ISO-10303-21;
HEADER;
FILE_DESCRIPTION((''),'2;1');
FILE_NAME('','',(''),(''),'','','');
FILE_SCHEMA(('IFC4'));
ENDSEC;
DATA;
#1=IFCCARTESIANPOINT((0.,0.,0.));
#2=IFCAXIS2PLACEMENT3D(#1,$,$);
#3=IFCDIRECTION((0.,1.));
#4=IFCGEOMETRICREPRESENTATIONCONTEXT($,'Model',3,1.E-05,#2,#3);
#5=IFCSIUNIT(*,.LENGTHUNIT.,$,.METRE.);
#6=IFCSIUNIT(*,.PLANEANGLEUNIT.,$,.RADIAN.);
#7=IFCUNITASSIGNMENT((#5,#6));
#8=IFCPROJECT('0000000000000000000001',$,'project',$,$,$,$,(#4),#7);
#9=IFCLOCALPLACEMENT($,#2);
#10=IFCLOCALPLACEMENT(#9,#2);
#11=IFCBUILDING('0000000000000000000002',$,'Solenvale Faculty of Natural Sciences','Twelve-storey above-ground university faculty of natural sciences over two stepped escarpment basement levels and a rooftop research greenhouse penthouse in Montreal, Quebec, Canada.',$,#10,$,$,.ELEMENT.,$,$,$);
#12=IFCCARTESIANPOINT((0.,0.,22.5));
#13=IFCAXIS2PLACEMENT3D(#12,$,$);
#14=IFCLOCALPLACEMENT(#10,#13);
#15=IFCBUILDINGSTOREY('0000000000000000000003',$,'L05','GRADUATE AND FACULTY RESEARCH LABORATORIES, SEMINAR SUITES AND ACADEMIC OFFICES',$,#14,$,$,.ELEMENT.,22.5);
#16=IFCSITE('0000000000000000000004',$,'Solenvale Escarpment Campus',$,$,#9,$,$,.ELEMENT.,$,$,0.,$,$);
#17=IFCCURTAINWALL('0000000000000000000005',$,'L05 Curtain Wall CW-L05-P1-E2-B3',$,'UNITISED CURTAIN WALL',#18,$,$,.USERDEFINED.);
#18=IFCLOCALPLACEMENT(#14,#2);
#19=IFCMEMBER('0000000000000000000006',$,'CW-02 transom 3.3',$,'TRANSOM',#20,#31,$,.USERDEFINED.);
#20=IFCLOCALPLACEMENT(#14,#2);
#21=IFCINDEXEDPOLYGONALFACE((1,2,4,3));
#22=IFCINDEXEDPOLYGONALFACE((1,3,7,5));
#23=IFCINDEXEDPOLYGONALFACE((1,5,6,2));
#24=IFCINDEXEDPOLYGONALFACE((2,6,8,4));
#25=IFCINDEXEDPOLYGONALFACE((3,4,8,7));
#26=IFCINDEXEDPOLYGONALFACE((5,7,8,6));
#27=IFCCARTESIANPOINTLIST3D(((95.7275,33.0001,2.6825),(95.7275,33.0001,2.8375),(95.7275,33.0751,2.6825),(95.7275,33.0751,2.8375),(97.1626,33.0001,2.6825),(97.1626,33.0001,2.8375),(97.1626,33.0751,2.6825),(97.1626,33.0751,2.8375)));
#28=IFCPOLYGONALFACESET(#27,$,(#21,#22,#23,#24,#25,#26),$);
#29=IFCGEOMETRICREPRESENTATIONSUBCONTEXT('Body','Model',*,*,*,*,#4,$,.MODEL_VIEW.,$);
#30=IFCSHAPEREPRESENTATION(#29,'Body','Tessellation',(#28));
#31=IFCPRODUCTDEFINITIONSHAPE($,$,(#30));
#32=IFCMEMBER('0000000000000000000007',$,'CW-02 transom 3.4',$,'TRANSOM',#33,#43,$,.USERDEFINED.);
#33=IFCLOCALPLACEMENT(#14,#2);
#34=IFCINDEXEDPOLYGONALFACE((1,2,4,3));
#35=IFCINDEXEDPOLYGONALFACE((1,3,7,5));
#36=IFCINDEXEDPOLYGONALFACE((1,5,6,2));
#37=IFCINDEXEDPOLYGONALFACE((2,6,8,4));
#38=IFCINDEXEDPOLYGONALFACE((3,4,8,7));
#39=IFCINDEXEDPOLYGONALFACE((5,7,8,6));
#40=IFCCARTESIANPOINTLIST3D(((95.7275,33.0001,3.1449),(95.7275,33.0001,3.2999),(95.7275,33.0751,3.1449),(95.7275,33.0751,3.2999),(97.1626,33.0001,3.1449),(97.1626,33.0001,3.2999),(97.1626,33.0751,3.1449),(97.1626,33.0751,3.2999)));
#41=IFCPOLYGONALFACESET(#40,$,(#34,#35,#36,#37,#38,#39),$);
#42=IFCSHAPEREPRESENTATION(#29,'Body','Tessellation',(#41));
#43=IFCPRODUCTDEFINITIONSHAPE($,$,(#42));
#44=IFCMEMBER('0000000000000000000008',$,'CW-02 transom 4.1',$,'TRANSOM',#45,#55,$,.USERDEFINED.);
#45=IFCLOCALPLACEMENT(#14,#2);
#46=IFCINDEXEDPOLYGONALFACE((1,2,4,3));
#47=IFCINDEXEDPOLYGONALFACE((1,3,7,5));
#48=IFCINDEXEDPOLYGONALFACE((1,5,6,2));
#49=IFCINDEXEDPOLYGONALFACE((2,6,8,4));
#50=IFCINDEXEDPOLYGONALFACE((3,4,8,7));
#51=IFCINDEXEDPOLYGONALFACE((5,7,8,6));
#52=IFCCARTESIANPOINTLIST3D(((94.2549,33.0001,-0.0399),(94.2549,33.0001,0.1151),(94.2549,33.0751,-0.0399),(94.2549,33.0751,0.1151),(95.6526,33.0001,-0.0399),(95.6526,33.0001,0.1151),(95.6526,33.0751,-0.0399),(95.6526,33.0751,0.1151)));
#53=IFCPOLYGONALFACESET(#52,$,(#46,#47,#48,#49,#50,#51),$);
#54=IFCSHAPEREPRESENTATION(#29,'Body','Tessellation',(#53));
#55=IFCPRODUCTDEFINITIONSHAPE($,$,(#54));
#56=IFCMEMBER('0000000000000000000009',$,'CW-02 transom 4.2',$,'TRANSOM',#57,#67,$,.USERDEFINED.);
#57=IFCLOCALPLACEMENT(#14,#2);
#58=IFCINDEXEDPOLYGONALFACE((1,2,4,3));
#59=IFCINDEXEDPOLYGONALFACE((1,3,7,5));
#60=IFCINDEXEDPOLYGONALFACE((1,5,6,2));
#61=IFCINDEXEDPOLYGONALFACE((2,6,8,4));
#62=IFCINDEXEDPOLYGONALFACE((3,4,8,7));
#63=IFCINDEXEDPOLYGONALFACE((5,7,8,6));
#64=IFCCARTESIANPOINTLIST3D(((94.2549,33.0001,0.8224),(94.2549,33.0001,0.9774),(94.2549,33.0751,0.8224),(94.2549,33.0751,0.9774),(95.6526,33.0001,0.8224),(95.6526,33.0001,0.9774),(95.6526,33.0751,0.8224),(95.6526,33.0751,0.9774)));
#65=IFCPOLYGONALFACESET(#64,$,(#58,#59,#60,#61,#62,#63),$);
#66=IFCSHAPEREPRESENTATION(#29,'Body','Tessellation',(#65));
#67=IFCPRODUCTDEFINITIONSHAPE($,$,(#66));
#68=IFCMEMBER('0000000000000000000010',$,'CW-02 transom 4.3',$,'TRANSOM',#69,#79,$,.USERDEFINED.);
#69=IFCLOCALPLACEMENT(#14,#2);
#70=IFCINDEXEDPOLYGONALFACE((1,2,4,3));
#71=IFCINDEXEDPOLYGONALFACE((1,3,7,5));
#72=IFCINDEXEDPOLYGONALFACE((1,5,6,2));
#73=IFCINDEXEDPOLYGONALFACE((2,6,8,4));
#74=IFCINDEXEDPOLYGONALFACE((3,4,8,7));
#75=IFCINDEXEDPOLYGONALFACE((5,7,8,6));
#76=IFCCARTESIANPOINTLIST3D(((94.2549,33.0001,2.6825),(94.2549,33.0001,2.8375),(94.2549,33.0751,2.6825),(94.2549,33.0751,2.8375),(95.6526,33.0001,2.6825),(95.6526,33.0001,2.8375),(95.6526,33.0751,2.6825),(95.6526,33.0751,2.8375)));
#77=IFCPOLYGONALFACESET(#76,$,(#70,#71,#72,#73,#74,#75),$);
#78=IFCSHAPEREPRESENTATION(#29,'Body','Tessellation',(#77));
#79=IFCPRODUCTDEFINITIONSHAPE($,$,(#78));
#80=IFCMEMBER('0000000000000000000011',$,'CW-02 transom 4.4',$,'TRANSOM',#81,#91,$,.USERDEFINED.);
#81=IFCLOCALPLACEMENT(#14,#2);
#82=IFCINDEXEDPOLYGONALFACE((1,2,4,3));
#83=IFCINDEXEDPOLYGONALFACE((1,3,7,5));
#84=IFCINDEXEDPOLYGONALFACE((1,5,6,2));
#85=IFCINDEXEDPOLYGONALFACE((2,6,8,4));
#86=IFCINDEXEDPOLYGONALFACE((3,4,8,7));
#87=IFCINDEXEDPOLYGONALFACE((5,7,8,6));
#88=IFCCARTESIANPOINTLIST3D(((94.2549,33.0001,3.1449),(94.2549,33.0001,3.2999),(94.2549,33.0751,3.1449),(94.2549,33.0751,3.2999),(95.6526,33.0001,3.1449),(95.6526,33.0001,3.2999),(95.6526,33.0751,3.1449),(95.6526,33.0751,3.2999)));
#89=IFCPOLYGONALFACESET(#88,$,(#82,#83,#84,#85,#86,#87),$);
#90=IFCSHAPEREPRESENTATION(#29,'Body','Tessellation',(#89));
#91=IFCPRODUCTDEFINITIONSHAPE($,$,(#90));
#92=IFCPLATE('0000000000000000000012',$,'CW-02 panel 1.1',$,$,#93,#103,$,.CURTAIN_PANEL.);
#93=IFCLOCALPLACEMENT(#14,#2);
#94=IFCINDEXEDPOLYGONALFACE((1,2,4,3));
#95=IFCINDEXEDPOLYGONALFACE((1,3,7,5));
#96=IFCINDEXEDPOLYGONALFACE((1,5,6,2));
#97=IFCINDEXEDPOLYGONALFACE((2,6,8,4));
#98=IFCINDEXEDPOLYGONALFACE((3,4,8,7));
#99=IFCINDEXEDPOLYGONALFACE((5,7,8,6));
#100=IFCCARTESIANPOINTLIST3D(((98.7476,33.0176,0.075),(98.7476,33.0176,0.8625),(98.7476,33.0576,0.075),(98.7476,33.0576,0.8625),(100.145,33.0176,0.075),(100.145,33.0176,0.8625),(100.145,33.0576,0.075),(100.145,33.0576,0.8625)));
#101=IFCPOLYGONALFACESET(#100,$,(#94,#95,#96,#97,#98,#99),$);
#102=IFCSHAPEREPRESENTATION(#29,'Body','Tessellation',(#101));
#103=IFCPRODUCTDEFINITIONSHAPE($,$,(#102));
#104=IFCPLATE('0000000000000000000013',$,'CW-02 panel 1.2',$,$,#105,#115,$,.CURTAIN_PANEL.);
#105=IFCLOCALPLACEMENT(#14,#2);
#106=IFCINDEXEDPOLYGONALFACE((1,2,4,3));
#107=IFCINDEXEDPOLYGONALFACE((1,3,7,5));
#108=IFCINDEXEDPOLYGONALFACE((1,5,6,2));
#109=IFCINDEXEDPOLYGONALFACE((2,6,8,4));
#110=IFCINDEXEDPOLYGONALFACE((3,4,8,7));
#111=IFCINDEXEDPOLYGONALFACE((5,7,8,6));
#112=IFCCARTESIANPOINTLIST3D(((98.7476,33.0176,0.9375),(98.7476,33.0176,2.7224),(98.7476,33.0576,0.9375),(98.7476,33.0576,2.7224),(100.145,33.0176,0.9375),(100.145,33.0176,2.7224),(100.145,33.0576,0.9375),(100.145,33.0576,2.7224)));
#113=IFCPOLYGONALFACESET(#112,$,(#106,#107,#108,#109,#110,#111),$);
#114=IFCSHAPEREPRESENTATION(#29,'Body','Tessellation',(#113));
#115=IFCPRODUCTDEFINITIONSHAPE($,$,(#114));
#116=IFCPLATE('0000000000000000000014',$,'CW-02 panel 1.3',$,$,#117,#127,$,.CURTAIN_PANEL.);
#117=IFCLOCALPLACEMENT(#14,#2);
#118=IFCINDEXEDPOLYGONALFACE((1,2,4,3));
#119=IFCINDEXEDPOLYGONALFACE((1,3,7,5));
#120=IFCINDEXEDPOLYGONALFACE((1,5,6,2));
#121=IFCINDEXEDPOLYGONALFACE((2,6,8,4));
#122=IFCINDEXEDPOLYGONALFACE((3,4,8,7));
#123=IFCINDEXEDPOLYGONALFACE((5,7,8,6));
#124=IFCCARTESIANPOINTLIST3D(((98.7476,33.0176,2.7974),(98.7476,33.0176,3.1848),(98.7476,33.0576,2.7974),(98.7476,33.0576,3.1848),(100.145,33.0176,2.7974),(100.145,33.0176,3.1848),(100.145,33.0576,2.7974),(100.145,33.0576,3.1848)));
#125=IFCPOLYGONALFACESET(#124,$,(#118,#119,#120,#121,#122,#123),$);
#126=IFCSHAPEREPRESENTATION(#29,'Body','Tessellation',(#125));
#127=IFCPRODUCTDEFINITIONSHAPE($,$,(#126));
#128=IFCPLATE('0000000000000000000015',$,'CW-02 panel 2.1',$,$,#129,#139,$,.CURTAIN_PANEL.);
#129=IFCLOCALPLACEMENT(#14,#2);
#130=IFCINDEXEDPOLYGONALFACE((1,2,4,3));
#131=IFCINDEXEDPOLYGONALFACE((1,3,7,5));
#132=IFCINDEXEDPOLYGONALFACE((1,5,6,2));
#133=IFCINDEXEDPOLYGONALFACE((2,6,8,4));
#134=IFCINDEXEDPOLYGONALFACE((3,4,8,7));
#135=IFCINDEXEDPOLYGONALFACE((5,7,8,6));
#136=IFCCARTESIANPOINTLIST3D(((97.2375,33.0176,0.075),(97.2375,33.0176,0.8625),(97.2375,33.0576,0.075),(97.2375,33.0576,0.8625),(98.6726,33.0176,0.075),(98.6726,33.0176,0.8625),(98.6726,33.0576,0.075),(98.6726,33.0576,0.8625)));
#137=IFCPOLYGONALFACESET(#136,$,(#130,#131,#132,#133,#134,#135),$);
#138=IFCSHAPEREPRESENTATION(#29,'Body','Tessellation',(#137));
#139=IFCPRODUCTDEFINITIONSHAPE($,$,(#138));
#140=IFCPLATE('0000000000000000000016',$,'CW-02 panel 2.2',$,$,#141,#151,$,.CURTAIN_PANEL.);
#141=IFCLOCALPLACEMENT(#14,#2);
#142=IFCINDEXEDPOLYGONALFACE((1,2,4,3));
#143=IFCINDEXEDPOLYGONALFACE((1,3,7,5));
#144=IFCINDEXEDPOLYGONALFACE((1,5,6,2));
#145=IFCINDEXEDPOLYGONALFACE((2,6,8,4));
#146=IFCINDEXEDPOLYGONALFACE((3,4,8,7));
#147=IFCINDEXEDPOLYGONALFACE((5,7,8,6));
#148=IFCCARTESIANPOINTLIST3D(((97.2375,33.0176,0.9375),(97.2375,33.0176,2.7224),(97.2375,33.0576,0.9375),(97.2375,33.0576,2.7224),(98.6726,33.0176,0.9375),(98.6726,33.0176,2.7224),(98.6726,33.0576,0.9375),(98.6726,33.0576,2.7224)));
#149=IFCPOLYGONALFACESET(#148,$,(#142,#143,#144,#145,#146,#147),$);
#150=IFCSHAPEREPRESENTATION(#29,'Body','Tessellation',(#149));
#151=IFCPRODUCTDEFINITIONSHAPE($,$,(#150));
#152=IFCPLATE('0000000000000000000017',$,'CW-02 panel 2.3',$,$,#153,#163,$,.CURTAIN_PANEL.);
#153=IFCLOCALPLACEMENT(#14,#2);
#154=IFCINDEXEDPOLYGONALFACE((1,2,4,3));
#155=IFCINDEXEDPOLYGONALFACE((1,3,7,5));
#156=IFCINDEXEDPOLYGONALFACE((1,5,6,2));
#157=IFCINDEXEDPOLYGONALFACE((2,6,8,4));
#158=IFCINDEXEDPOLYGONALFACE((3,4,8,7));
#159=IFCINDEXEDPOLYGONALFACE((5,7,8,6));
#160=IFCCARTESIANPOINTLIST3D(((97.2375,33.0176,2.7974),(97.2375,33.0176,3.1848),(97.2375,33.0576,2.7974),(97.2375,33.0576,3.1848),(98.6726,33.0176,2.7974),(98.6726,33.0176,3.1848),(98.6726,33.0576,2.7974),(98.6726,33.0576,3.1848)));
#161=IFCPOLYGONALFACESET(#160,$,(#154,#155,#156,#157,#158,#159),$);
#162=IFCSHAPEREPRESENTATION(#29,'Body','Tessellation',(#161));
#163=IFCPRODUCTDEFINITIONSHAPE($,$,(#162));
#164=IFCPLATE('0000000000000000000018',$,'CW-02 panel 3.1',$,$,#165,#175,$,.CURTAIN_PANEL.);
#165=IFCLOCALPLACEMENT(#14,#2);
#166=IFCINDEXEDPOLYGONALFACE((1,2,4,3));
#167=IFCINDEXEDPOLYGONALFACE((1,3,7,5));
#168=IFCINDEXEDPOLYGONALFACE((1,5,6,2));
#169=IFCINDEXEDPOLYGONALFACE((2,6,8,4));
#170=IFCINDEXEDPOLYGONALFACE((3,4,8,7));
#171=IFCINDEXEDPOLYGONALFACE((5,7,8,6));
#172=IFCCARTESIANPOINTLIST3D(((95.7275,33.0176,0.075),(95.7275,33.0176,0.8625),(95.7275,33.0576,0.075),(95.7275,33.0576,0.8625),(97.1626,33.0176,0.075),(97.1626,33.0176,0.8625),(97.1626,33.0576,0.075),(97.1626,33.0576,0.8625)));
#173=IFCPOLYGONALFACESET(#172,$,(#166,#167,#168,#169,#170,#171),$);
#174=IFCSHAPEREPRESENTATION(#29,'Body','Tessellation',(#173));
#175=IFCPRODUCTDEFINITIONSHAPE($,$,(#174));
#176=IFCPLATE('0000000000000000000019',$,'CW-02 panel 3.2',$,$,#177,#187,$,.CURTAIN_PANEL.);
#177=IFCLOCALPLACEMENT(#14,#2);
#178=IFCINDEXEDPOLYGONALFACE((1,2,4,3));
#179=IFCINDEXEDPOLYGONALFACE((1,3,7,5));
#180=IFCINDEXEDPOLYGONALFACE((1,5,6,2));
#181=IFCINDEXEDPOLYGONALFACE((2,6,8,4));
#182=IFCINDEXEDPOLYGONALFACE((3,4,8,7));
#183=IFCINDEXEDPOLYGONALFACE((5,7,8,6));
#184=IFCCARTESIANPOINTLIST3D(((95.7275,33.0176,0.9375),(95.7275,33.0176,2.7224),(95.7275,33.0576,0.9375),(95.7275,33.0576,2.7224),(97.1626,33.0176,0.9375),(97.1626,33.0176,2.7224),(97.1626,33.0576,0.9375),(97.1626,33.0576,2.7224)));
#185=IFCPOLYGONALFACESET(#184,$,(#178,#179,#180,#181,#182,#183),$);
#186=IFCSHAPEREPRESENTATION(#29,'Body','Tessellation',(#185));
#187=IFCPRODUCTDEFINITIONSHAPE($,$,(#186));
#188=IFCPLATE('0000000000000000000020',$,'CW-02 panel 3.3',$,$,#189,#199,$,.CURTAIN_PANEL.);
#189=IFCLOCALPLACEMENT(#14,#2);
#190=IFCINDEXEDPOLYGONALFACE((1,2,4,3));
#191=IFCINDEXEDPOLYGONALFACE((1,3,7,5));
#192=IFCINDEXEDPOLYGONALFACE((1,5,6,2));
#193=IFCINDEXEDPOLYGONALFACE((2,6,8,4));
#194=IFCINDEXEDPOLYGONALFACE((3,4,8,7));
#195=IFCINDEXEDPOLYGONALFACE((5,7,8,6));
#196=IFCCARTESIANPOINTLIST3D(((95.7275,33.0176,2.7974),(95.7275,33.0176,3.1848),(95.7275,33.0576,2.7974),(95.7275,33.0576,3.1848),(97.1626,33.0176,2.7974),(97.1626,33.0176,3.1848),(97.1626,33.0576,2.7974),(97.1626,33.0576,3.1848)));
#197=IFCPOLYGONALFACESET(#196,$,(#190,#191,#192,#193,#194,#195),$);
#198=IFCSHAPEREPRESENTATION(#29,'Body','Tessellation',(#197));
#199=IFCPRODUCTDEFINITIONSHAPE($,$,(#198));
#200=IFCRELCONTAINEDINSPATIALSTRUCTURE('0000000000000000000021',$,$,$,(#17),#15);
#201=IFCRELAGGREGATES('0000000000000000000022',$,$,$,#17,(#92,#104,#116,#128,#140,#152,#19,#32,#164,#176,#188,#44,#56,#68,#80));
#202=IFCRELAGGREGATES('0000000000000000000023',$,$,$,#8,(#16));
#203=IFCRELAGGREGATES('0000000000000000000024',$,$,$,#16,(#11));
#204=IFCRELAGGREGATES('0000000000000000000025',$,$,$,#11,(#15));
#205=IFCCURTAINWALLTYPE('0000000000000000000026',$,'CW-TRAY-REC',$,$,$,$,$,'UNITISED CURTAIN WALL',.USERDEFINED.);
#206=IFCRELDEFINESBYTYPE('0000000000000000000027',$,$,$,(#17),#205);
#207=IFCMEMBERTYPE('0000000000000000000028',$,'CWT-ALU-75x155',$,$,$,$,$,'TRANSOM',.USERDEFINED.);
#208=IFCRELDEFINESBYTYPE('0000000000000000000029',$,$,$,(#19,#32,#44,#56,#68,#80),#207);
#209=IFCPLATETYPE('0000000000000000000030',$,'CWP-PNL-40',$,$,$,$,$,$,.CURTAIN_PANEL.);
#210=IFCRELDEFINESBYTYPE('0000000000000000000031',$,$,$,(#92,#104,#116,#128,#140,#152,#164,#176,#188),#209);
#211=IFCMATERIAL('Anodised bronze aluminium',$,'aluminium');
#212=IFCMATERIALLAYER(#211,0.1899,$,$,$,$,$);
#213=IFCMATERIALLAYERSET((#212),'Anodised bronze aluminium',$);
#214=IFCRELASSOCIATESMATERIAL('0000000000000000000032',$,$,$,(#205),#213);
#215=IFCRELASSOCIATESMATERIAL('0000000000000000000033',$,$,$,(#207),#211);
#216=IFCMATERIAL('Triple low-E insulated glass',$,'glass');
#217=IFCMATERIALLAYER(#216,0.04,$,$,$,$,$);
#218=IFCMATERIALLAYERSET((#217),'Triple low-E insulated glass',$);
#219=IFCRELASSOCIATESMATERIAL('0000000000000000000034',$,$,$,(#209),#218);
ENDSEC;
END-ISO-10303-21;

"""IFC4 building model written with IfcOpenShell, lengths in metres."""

from ifc_helpers import new_model, si_unit, direction, frame, origin, origin_2d, place, context, subcontext, project, spatial, rectangle, extrude, material, layer, layer_set, material_profile, profile_set, type_object, element, aggregate, save


model = new_model("IFC4")

# Units and contexts
model_context = context("Model", 3, precision=1e-05, world=origin(), true_north=direction((0.0, 1.0)))
body_context = subcontext(model_context, "Body", "Model", "MODEL_VIEW")
ifc_project = project(units=[si_unit("LENGTHUNIT", "METRE"), si_unit("PLANEANGLEUNIT", "RADIAN")], contexts=[model_context])

# Site, building, storey
site_placement = place(None, origin())
site = spatial("IfcSite", under=ifc_project, at=site_placement, Name="Solenvale Escarpment Campus", CompositionType="ELEMENT", RefElevation=0.0)
building_placement = place(site_placement, origin())
building = spatial("IfcBuilding", under=site, at=building_placement, Name="Solenvale Faculty of Natural Sciences", Description="Twelve-storey above-ground university faculty of natural sciences over two stepped escarpment basement levels and a rooftop research greenhouse penthouse in Montreal, Quebec, Canada.", CompositionType="ELEMENT")
storey_placement = place(building_placement, frame((0.0, 0.0, 22.5)))
storey = spatial("IfcBuildingStorey", under=building, at=storey_placement, Name="L05", Description="GRADUATE AND FACULTY RESEARCH LABORATORIES, SEMINAR SUITES AND ACADEMIC OFFICES", CompositionType="ELEMENT", Elevation=22.5)

# Curtain wall, members, plates
ifc_material_1 = material(Name="Anodised bronze aluminium", Category="aluminium")
ifc_layer_1 = layer(ifc_material_1, 0.1899)
ifc_layer_set_1 = layer_set([ifc_layer_1], Name="Anodised bronze aluminium")
curtain_wall_type = type_object("IfcCurtainWallType", Name="CW-TRAY-REC", ElementType="UNITISED CURTAIN WALL", PredefinedType="USERDEFINED", material=ifc_layer_set_1)
curtain_wall_placement = place(storey_placement, origin())
curtain_wall = element("IfcCurtainWall", 1, at=curtain_wall_placement, inside=storey, type_object=curtain_wall_type, Name="L05 Curtain Wall CW-L05-P1-E2-B3", ObjectType="UNITISED CURTAIN WALL", PredefinedType="USERDEFINED")
ifc_material_profile_1 = material_profile(ifc_material_1, rectangle(XDim=0.075, YDim=0.155, at=origin_2d()), Name="ALU-TRN-75x155")
ifc_profile_set_1 = profile_set([ifc_material_profile_1], Name="Anodised bronze aluminium")
member_type_1 = type_object("IfcMemberType", Name="CWT-ALU-75x155", ElementType="TRANSOM", PredefinedType="USERDEFINED", material=ifc_profile_set_1)
member_1_placement = place(storey_placement, frame((97.1626, 33.0376, 2.76), z_axis=(-1.0, 0.0, 0.0), x_axis=(0.0, -1.0, 0.0)))
member_1 = element("IfcMember", 2, at=member_1_placement, type_object=member_type_1, Name="CW-02 transom 3.3", ObjectType="TRANSOM", PredefinedType="USERDEFINED", context=body_context, shape_type="SweptSolid", body=[
    extrude(rectangle(XDim=0.075, YDim=0.155, at=origin_2d()), origin(), (0.0, 0.0, 1.0), 1.4351),
])
member_2_placement = place(storey_placement, frame((97.1626, 33.0376, 3.2224), z_axis=(-1.0, 0.0, 0.0), x_axis=(0.0, -1.0, 0.0)))
member_2 = element("IfcMember", 3, at=member_2_placement, type_object=member_type_1, Name="CW-02 transom 3.4", ObjectType="TRANSOM", PredefinedType="USERDEFINED", context=body_context, shape_type="SweptSolid", body=[
    extrude(rectangle(XDim=0.075, YDim=0.155, at=origin_2d()), origin(), (0.0, 0.0, 1.0), 1.4351),
])
member_3_placement = place(storey_placement, frame((95.6526, 33.0376, 0.0376), z_axis=(-1.0, 0.0, 0.0), x_axis=(0.0, -1.0, 0.0)))
member_3 = element("IfcMember", 4, at=member_3_placement, type_object=member_type_1, Name="CW-02 transom 4.1", ObjectType="TRANSOM", PredefinedType="USERDEFINED", context=body_context, shape_type="SweptSolid", body=[
    extrude(rectangle(XDim=0.075, YDim=0.155, at=origin_2d()), origin(), (0.0, 0.0, 1.0), 1.3977),
])
member_4_placement = place(storey_placement, frame((95.6526, 33.0376, 0.8999), z_axis=(-1.0, 0.0, 0.0), x_axis=(0.0, -1.0, 0.0)))
member_4 = element("IfcMember", 5, at=member_4_placement, type_object=member_type_1, Name="CW-02 transom 4.2", ObjectType="TRANSOM", PredefinedType="USERDEFINED", context=body_context, shape_type="SweptSolid", body=[
    extrude(rectangle(XDim=0.075, YDim=0.155, at=origin_2d()), origin(), (0.0, 0.0, 1.0), 1.3977),
])
member_5_placement = place(storey_placement, frame((95.6526, 33.0376, 2.76), z_axis=(-1.0, 0.0, 0.0), x_axis=(0.0, -1.0, 0.0)))
member_5 = element("IfcMember", 6, at=member_5_placement, type_object=member_type_1, Name="CW-02 transom 4.3", ObjectType="TRANSOM", PredefinedType="USERDEFINED", context=body_context, shape_type="SweptSolid", body=[
    extrude(rectangle(XDim=0.075, YDim=0.155, at=origin_2d()), origin(), (0.0, 0.0, 1.0), 1.3977),
])
member_6_placement = place(storey_placement, frame((95.6526, 33.0376, 3.2224), z_axis=(-1.0, 0.0, 0.0), x_axis=(0.0, -1.0, 0.0)))
member_6 = element("IfcMember", 7, at=member_6_placement, type_object=member_type_1, Name="CW-02 transom 4.4", ObjectType="TRANSOM", PredefinedType="USERDEFINED", context=body_context, shape_type="SweptSolid", body=[
    extrude(rectangle(XDim=0.075, YDim=0.155, at=origin_2d()), origin(), (0.0, 0.0, 1.0), 1.3977),
])
ifc_material_2 = material(Name="Triple low-E insulated glass", Category="glass")
ifc_layer_2 = layer(ifc_material_2, 0.04)
ifc_layer_set_2 = layer_set([ifc_layer_2], Name="Triple low-E insulated glass")
plate_type = type_object("IfcPlateType", Name="CWP-PNL-40", PredefinedType="CURTAIN_PANEL", material=ifc_layer_set_2)
plate_1_placement = place(storey_placement, frame((99.4463, 33.0376, 0.075), z_axis=(0.0, 0.0, 1.0), x_axis=(-1.0, 0.0, 0.0)))
plate_1 = element("IfcPlate", 8, at=plate_1_placement, type_object=plate_type, Name="CW-02 panel 1.1", PredefinedType="CURTAIN_PANEL", context=body_context, shape_type="SweptSolid", body=[
    extrude(rectangle(XDim=1.3975, YDim=0.04, at=origin_2d()), origin(), (0.0, 0.0, 1.0), 0.7876),
])
plate_2_placement = place(storey_placement, frame((99.4463, 33.0376, 0.9375), z_axis=(0.0, 0.0, 1.0), x_axis=(-1.0, 0.0, 0.0)))
plate_2 = element("IfcPlate", 9, at=plate_2_placement, type_object=plate_type, Name="CW-02 panel 1.2", PredefinedType="CURTAIN_PANEL", context=body_context, shape_type="SweptSolid", body=[
    extrude(rectangle(XDim=1.3975, YDim=0.04, at=origin_2d()), origin(), (0.0, 0.0, 1.0), 1.7849),
])
plate_3_placement = place(storey_placement, frame((99.4463, 33.0376, 2.7974), z_axis=(0.0, 0.0, 1.0), x_axis=(-1.0, 0.0, 0.0)))
plate_3 = element("IfcPlate", 10, at=plate_3_placement, type_object=plate_type, Name="CW-02 panel 1.3", PredefinedType="CURTAIN_PANEL", context=body_context, shape_type="SweptSolid", body=[
    extrude(rectangle(XDim=1.3975, YDim=0.04, at=origin_2d()), origin(), (0.0, 0.0, 1.0), 0.3875),
])
plate_4_placement = place(storey_placement, frame((97.9551, 33.0376, 0.075), z_axis=(0.0, 0.0, 1.0), x_axis=(-1.0, 0.0, 0.0)))
plate_4 = element("IfcPlate", 11, at=plate_4_placement, type_object=plate_type, Name="CW-02 panel 2.1", PredefinedType="CURTAIN_PANEL", context=body_context, shape_type="SweptSolid", body=[
    extrude(rectangle(XDim=1.4351, YDim=0.04, at=origin_2d()), origin(), (0.0, 0.0, 1.0), 0.7876),
])
plate_5_placement = place(storey_placement, frame((97.9551, 33.0376, 0.9375), z_axis=(0.0, 0.0, 1.0), x_axis=(-1.0, 0.0, 0.0)))
plate_5 = element("IfcPlate", 12, at=plate_5_placement, type_object=plate_type, Name="CW-02 panel 2.2", PredefinedType="CURTAIN_PANEL", context=body_context, shape_type="SweptSolid", body=[
    extrude(rectangle(XDim=1.4351, YDim=0.04, at=origin_2d()), origin(), (0.0, 0.0, 1.0), 1.7849),
])
plate_6_placement = place(storey_placement, frame((97.9551, 33.0376, 2.7974), z_axis=(0.0, 0.0, 1.0), x_axis=(-1.0, 0.0, 0.0)))
plate_6 = element("IfcPlate", 13, at=plate_6_placement, type_object=plate_type, Name="CW-02 panel 2.3", PredefinedType="CURTAIN_PANEL", context=body_context, shape_type="SweptSolid", body=[
    extrude(rectangle(XDim=1.4351, YDim=0.04, at=origin_2d()), origin(), (0.0, 0.0, 1.0), 0.3875),
])
plate_7_placement = place(storey_placement, frame((96.4451, 33.0376, 0.075), z_axis=(0.0, 0.0, 1.0), x_axis=(-1.0, 0.0, 0.0)))
plate_7 = element("IfcPlate", 14, at=plate_7_placement, type_object=plate_type, Name="CW-02 panel 3.1", PredefinedType="CURTAIN_PANEL", context=body_context, shape_type="SweptSolid", body=[
    extrude(rectangle(XDim=1.4351, YDim=0.04, at=origin_2d()), origin(), (0.0, 0.0, 1.0), 0.7876),
])
plate_8_placement = place(storey_placement, frame((96.4451, 33.0376, 0.9375), z_axis=(0.0, 0.0, 1.0), x_axis=(-1.0, 0.0, 0.0)))
plate_8 = element("IfcPlate", 15, at=plate_8_placement, type_object=plate_type, Name="CW-02 panel 3.2", PredefinedType="CURTAIN_PANEL", context=body_context, shape_type="SweptSolid", body=[
    extrude(rectangle(XDim=1.4351, YDim=0.04, at=origin_2d()), origin(), (0.0, 0.0, 1.0), 1.7849),
])
plate_9_placement = place(storey_placement, frame((96.4451, 33.0376, 2.7974), z_axis=(0.0, 0.0, 1.0), x_axis=(-1.0, 0.0, 0.0)))
plate_9 = element("IfcPlate", 16, at=plate_9_placement, type_object=plate_type, Name="CW-02 panel 3.3", PredefinedType="CURTAIN_PANEL", context=body_context, shape_type="SweptSolid", body=[
    extrude(rectangle(XDim=1.4351, YDim=0.04, at=origin_2d()), origin(), (0.0, 0.0, 1.0), 0.3875),
])
aggregate(curtain_wall, [plate_1, plate_2, plate_3, plate_4, plate_5, plate_6, member_1, member_2, plate_7, plate_8, plate_9, member_3, member_4, member_5, member_6])

save(model, "model.ifc")
